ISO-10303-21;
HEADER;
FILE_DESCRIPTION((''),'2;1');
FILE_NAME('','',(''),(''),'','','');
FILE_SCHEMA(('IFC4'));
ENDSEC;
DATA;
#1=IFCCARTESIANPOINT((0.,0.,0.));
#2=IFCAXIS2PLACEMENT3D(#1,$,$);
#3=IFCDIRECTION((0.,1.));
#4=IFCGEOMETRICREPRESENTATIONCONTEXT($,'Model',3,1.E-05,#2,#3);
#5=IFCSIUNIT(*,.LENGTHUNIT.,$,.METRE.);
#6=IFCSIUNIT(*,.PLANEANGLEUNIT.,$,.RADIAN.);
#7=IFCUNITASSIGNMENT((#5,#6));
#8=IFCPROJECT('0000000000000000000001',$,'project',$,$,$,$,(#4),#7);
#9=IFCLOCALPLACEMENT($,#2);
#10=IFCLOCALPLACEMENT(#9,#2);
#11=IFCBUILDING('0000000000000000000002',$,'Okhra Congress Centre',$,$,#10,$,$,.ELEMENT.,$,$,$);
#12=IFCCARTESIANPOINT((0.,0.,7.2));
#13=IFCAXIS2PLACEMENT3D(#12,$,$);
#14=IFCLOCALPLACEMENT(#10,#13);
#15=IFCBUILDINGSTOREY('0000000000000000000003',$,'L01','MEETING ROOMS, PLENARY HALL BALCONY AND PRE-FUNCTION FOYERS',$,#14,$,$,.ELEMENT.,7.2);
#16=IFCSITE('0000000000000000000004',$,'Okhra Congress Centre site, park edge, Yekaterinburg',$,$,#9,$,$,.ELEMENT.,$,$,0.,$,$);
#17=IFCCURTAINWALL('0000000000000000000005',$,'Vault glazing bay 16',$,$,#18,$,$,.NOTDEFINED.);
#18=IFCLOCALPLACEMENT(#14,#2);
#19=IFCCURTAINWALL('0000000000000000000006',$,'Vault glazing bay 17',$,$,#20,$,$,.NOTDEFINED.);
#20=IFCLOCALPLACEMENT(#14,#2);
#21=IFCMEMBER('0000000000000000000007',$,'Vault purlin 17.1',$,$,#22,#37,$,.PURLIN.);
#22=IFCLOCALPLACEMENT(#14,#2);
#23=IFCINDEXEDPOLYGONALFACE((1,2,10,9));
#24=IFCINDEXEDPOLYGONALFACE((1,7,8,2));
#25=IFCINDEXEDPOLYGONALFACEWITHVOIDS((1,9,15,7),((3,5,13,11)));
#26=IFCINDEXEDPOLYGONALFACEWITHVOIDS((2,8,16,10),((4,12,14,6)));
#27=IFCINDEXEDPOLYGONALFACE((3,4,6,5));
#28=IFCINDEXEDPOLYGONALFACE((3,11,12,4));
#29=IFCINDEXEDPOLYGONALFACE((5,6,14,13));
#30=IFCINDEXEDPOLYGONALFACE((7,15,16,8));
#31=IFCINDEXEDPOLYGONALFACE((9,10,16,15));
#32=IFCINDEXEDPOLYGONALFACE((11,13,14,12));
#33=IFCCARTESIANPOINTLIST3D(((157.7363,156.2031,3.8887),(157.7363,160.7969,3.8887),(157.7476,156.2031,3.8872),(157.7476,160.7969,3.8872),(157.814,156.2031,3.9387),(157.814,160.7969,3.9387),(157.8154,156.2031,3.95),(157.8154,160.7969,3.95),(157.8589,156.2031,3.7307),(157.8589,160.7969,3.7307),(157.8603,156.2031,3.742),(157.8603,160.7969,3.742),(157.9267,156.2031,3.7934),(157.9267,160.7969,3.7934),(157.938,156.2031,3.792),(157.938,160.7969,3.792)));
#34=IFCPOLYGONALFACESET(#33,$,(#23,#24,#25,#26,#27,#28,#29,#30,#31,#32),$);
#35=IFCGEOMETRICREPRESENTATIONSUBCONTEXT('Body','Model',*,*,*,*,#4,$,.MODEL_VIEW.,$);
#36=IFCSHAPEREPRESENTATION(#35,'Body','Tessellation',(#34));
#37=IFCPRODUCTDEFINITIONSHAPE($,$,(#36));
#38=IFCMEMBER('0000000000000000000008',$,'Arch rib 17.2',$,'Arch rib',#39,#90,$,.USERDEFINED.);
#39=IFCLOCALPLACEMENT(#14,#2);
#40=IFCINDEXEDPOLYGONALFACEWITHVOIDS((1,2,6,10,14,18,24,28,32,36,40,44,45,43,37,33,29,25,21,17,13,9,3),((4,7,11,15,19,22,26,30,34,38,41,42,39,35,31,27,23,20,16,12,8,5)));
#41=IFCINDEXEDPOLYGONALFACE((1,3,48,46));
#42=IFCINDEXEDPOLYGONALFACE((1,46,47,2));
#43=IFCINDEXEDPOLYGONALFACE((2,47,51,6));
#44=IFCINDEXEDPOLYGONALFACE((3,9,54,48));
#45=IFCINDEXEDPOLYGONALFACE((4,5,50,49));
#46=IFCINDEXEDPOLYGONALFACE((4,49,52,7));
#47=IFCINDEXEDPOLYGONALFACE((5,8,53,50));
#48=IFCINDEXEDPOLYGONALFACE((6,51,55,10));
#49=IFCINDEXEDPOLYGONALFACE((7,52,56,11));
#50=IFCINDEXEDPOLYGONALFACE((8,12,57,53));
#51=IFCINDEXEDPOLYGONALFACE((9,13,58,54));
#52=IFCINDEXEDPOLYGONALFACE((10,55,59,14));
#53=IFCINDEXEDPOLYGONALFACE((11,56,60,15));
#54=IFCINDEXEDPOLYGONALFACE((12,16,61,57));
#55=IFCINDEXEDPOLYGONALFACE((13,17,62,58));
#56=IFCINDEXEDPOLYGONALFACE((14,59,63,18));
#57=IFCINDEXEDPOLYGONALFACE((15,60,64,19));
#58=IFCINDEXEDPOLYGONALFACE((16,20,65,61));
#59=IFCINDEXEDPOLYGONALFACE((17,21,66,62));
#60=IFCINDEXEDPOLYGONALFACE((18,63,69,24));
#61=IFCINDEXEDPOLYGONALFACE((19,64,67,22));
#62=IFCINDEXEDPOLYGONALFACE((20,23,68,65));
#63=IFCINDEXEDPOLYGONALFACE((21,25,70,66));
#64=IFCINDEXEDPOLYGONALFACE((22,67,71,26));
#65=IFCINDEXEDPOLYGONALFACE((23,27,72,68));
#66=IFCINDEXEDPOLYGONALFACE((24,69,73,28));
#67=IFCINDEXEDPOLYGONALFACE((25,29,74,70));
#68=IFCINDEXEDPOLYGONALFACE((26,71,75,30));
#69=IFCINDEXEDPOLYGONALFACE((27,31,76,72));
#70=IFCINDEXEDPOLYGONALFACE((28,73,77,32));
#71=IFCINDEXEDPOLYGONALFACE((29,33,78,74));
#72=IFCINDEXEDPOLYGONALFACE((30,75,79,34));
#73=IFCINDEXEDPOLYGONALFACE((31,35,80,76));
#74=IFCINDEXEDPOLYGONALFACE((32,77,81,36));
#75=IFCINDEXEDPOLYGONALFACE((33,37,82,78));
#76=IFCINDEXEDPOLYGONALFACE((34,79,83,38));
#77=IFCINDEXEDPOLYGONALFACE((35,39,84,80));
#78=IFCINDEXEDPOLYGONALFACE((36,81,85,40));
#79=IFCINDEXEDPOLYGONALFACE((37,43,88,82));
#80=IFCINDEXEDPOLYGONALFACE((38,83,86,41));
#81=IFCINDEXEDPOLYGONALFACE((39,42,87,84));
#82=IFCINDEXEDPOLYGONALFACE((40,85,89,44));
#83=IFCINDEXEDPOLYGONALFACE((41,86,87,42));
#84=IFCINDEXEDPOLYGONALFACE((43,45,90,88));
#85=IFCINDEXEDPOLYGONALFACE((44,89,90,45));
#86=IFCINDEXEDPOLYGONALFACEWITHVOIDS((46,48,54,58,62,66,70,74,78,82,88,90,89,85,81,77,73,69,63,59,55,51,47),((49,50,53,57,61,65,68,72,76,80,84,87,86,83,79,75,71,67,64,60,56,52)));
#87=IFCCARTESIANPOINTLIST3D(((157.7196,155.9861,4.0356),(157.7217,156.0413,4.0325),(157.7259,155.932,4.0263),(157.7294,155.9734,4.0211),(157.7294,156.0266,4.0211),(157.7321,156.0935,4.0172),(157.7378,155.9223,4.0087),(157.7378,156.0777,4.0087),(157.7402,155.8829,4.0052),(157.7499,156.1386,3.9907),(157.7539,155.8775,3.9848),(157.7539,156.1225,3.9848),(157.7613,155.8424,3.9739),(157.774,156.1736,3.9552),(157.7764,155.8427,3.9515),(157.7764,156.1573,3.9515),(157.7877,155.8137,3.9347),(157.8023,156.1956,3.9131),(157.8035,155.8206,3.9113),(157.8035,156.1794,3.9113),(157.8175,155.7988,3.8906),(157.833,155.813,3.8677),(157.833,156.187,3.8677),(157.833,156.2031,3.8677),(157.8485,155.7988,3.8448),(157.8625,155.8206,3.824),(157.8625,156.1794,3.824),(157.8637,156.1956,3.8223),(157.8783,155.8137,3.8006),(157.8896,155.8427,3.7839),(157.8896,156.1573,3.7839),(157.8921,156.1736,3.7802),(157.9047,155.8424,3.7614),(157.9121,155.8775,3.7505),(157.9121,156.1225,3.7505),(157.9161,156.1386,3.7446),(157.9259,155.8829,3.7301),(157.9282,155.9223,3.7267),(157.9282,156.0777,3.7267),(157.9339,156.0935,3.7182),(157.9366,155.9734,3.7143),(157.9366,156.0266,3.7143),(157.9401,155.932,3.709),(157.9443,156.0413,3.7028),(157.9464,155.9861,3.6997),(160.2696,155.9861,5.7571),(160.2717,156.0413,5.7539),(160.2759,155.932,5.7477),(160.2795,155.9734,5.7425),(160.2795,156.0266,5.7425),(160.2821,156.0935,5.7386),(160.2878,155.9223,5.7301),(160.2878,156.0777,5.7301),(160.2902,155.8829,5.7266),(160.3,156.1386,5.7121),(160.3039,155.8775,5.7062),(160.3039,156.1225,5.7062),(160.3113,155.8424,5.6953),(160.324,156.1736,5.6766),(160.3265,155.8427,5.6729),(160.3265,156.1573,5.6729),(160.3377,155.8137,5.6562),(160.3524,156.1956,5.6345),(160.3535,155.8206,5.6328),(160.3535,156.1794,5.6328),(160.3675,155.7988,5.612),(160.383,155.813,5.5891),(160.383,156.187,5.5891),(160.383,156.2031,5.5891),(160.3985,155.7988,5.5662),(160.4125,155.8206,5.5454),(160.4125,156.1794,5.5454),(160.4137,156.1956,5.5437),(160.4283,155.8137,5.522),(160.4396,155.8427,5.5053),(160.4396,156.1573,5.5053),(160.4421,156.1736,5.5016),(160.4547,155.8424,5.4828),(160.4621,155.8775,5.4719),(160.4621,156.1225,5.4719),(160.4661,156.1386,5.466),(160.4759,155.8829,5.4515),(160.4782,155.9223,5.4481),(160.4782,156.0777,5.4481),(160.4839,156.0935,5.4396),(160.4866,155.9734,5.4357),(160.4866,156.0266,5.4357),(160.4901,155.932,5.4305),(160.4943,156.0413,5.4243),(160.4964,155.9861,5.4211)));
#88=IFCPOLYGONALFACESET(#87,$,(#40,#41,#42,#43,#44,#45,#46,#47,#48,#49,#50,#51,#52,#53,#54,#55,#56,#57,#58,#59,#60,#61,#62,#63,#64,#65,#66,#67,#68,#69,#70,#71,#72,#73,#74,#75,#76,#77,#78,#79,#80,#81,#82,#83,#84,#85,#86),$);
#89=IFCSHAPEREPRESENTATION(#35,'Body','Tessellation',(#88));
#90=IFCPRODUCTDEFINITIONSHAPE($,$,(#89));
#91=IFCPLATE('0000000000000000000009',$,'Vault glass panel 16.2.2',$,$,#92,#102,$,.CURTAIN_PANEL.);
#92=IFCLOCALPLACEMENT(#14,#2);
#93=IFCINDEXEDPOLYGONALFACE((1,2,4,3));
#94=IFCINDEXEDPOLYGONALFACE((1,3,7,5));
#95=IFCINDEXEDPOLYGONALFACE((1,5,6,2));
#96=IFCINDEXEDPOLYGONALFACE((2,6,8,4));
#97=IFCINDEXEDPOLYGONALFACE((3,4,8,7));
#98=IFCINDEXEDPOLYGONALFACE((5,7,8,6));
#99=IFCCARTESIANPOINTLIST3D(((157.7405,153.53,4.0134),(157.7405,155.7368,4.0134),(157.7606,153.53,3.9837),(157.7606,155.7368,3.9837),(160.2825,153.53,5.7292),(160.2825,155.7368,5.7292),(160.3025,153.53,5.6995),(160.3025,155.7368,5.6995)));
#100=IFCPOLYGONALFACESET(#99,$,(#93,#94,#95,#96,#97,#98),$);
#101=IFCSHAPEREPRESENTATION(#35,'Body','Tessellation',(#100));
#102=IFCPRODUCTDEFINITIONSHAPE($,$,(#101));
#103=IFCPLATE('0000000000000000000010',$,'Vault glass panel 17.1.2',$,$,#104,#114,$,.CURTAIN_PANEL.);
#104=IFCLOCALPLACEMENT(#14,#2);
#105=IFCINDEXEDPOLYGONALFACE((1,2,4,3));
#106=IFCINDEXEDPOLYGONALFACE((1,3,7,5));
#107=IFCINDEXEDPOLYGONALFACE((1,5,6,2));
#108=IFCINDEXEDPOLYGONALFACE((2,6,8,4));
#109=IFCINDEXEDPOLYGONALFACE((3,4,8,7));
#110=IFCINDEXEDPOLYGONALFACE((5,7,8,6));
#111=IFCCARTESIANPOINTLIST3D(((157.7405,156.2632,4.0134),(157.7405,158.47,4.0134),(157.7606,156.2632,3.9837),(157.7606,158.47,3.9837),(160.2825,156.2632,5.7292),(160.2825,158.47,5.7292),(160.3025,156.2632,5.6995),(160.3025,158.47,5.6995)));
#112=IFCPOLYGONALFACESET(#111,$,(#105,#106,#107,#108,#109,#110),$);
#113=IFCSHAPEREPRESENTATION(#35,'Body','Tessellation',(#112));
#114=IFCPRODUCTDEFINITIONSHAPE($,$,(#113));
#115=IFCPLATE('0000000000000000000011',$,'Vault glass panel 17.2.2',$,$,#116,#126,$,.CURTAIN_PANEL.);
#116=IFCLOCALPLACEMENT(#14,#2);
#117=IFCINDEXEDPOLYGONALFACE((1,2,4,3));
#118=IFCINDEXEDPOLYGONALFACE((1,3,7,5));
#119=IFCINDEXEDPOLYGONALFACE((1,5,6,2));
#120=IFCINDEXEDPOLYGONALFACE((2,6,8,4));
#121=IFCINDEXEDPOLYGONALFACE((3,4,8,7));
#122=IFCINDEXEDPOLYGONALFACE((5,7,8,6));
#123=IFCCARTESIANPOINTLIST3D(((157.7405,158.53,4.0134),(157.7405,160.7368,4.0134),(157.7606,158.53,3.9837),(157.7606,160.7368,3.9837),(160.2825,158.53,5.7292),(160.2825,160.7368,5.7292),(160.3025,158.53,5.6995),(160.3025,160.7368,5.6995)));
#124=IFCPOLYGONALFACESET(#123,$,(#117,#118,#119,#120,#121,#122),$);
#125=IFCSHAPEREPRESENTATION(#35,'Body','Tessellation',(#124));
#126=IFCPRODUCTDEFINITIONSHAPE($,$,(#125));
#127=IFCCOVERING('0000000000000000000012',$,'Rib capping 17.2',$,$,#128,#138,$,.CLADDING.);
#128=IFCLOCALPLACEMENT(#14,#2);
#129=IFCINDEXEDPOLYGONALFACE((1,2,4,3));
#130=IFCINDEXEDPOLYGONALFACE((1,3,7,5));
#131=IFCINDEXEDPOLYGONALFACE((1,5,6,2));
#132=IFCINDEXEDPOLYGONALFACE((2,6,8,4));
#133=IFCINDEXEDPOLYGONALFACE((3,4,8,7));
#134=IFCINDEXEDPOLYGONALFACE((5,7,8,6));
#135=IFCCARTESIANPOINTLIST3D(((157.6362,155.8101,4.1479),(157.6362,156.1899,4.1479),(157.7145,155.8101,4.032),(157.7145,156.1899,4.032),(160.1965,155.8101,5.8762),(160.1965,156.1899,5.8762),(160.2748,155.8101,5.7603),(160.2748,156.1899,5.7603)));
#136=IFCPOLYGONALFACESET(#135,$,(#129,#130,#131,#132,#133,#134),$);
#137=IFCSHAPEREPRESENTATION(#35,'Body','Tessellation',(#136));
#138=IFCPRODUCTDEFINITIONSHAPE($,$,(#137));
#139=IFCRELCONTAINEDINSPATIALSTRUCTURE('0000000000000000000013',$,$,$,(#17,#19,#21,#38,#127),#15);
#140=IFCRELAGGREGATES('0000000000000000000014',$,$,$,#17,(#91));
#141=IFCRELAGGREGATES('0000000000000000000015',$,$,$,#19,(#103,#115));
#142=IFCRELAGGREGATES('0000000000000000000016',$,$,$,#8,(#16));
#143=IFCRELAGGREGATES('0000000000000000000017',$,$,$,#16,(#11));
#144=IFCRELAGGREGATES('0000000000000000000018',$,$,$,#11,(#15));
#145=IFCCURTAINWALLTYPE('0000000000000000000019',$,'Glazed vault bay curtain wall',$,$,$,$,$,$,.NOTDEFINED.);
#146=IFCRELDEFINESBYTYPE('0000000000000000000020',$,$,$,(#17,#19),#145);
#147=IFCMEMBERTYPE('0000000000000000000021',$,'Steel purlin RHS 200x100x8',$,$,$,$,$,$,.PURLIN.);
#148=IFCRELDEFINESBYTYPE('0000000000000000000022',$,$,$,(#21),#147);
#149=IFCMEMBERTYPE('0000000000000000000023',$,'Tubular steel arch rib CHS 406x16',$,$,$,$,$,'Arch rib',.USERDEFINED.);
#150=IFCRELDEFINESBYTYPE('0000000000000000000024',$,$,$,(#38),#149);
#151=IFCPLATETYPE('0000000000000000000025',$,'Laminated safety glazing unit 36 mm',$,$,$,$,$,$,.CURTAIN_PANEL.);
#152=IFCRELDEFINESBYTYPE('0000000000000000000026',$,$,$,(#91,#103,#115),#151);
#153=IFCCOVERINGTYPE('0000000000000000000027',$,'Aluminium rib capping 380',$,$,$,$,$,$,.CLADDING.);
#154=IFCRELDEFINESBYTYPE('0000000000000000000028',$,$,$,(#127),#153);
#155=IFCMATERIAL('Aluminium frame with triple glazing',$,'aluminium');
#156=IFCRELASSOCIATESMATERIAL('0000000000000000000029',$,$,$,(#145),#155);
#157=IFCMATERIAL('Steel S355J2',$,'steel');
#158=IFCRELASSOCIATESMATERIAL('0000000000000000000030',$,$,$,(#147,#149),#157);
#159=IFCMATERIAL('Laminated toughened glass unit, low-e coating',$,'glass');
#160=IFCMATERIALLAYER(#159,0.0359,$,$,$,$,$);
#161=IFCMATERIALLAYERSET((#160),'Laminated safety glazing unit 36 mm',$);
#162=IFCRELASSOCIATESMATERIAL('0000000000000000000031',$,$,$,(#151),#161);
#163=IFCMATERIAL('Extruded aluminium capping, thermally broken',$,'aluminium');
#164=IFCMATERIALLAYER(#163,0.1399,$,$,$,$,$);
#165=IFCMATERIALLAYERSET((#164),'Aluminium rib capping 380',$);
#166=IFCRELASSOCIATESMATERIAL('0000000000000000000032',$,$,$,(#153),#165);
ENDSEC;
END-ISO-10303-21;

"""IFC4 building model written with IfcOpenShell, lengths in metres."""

from ifc_helpers import new_model, si_unit, direction, frame, origin, origin_2d, place, context, subcontext, project, spatial, polyline, hollow_rectangle, hollow_circle, outline, extrude, material, layer, layer_set, material_profile, profile_set, type_object, element, aggregate, save


model = new_model("IFC4")

# Units and contexts
model_context = context("Model", 3, precision=1e-05, world=origin(), true_north=direction((0.0, 1.0)))
body_context = subcontext(model_context, "Body", "Model", "MODEL_VIEW")
ifc_project = project(units=[si_unit("LENGTHUNIT", "METRE"), si_unit("PLANEANGLEUNIT", "RADIAN")], contexts=[model_context])

# Site, building, storey
site_placement = place(None, origin())
site = spatial("IfcSite", under=ifc_project, at=site_placement, Name="Okhra Congress Centre site, park edge, Yekaterinburg", CompositionType="ELEMENT", RefElevation=0.0)
building_placement = place(site_placement, origin())
building = spatial("IfcBuilding", under=site, at=building_placement, Name="Okhra Congress Centre", CompositionType="ELEMENT")
storey_placement = place(building_placement, frame((0.0, 0.0, 7.2)))
storey = spatial("IfcBuildingStorey", under=building, at=storey_placement, Name="L01", Description="MEETING ROOMS, PLENARY HALL BALCONY AND PRE-FUNCTION FOYERS", CompositionType="ELEMENT", Elevation=7.2)

# Curtain walls
ifc_material_1 = material(Name="Aluminium frame with triple glazing", Category="aluminium")
curtain_wall_type = type_object("IfcCurtainWallType", Name="Glazed vault bay curtain wall", PredefinedType="NOTDEFINED", material=ifc_material_1)
curtain_wall_1_placement = place(storey_placement, origin())
curtain_wall_1 = element("IfcCurtainWall", 1, at=curtain_wall_1_placement, inside=storey, type_object=curtain_wall_type, Name="Vault glazing bay 16", PredefinedType="NOTDEFINED")
curtain_wall_2_placement = place(storey_placement, origin())
curtain_wall_2 = element("IfcCurtainWall", 2, at=curtain_wall_2_placement, inside=storey, type_object=curtain_wall_type, Name="Vault glazing bay 17", PredefinedType="NOTDEFINED")

# Members
ifc_material_2 = material(Name="Steel S355J2", Category="steel")
ifc_material_profile_1 = material_profile(ifc_material_2, hollow_rectangle(XDim=0.1001, YDim=0.2, WallThickness=0.0081, at=origin_2d()), Name="RHS 200x100x8")
ifc_profile_set_1 = profile_set([ifc_material_profile_1], Name="Steel S355J2")
member_type_1 = type_object("IfcMemberType", Name="Steel purlin RHS 200x100x8", PredefinedType="PURLIN", material=ifc_profile_set_1)
member_1_placement = place(storey_placement, frame((157.8372, 156.2031, 3.8403), z_axis=(0.0, 1.0, 0.0), x_axis=(-0.790145, 0.0, -0.61292)))
element("IfcMember", 3, at=member_1_placement, inside=storey, type_object=member_type_1, Name="Vault purlin 17.1", PredefinedType="PURLIN", context=body_context, shape_type="SweptSolid", body=[
    extrude(hollow_rectangle(XDim=0.1001, YDim=0.2, WallThickness=0.0081, at=origin_2d()), origin(), (0.0, 0.0, 1.0), 4.5938),
])
ifc_material_profile_2 = material_profile(ifc_material_2, hollow_circle(Radius=0.2031, WallThickness=0.0161, at=origin_2d()), Name="CHS 406.4x16")
ifc_profile_set_2 = profile_set([ifc_material_profile_2], Name="Steel S355J2")
member_type_2 = type_object("IfcMemberType", Name="Tubular steel arch rib CHS 406x16", ElementType="Arch rib", PredefinedType="USERDEFINED", material=ifc_profile_set_2)
member_2_placement = place(storey_placement, frame((157.833, 156.0, 3.8677), z_axis=(0.828826, 0.0, 0.559507), x_axis=(0.0, 1.0, 0.0)))
element("IfcMember", 4, at=member_2_placement, inside=storey, type_object=member_type_2, Name="Arch rib 17.2", ObjectType="Arch rib", PredefinedType="USERDEFINED", context=body_context, shape_type="SweptSolid", body=[
    extrude(hollow_circle(Radius=0.2031, WallThickness=0.0161, at=origin_2d()), origin(), (0.0, 0.0, 1.0), 3.0767),
])

# Plates
ifc_material_3 = material(Name="Laminated toughened glass unit, low-e coating", Category="glass")
ifc_layer_1 = layer(ifc_material_3, 0.0359)
ifc_layer_set_1 = layer_set([ifc_layer_1], Name="Laminated safety glazing unit 36 mm")
plate_type = type_object("IfcPlateType", Name="Laminated safety glazing unit 36 mm", PredefinedType="CURTAIN_PANEL", material=ifc_layer_set_1)
plate_1_placement = place(storey_placement, frame((157.7405, 153.53, 4.0134), z_axis=(-0.559467, 0.0, 0.828852), x_axis=(0.828852, 0.0, 0.559467)))
plate_1 = element("IfcPlate", 5, at=plate_1_placement, type_object=plate_type, Name="Vault glass panel 16.2.2", PredefinedType="CURTAIN_PANEL", context=body_context, shape_type="SweptSolid", body=[
    extrude(outline(polyline([(0.0, 0.0), (3.0669, 0.0), (3.0669, 2.2068), (0.0, 2.2068), (0.0, 0.0)])), origin(), (0.0, 0.0, -1.0), 0.0359),
])
aggregate(curtain_wall_1, [plate_1])
plate_2_placement = place(storey_placement, frame((157.7405, 156.2632, 4.0134), z_axis=(-0.559467, 0.0, 0.828852), x_axis=(0.828852, 0.0, 0.559467)))
plate_2 = element("IfcPlate", 6, at=plate_2_placement, type_object=plate_type, Name="Vault glass panel 17.1.2", PredefinedType="CURTAIN_PANEL", context=body_context, shape_type="SweptSolid", body=[
    extrude(outline(polyline([(0.0, 0.0), (3.0669, 0.0), (3.0669, 2.2068), (0.0, 2.2068), (0.0, 0.0)])), origin(), (0.0, 0.0, -1.0), 0.0359),
])
plate_3_placement = place(storey_placement, frame((157.7405, 158.53, 4.0134), z_axis=(-0.559467, 0.0, 0.828852), x_axis=(0.828852, 0.0, 0.559467)))
plate_3 = element("IfcPlate", 7, at=plate_3_placement, type_object=plate_type, Name="Vault glass panel 17.2.2", PredefinedType="CURTAIN_PANEL", context=body_context, shape_type="SweptSolid", body=[
    extrude(outline(polyline([(0.0, 0.0), (3.0669, 0.0), (3.0669, 2.2068), (0.0, 2.2068), (0.0, 0.0)])), origin(), (0.0, 0.0, -1.0), 0.0359),
])
aggregate(curtain_wall_2, [plate_2, plate_3])

# Covering
ifc_material_4 = material(Name="Extruded aluminium capping, thermally broken", Category="aluminium")
ifc_layer_2 = layer(ifc_material_4, 0.1399)
ifc_layer_set_2 = layer_set([ifc_layer_2], Name="Aluminium rib capping 380")
covering_type = type_object("IfcCoveringType", Name="Aluminium rib capping 380", PredefinedType="CLADDING", material=ifc_layer_set_2)
covering_placement = place(storey_placement, frame((157.6362, 155.8101, 4.1479), z_axis=(-0.559488, 0.0, 0.828839), x_axis=(0.828839, 0.0, 0.559488)))
element("IfcCovering", 8, at=covering_placement, inside=storey, type_object=covering_type, Name="Rib capping 17.2", PredefinedType="CLADDING", context=body_context, shape_type="SweptSolid", body=[
    extrude(outline(polyline([(0.0, 0.0), (3.089, 0.0), (3.089, 0.3799), (0.0, 0.3799), (0.0, 0.0)])), origin(), (0.0, 0.0, -1.0), 0.1399),
])

save(model, "model.ifc")
